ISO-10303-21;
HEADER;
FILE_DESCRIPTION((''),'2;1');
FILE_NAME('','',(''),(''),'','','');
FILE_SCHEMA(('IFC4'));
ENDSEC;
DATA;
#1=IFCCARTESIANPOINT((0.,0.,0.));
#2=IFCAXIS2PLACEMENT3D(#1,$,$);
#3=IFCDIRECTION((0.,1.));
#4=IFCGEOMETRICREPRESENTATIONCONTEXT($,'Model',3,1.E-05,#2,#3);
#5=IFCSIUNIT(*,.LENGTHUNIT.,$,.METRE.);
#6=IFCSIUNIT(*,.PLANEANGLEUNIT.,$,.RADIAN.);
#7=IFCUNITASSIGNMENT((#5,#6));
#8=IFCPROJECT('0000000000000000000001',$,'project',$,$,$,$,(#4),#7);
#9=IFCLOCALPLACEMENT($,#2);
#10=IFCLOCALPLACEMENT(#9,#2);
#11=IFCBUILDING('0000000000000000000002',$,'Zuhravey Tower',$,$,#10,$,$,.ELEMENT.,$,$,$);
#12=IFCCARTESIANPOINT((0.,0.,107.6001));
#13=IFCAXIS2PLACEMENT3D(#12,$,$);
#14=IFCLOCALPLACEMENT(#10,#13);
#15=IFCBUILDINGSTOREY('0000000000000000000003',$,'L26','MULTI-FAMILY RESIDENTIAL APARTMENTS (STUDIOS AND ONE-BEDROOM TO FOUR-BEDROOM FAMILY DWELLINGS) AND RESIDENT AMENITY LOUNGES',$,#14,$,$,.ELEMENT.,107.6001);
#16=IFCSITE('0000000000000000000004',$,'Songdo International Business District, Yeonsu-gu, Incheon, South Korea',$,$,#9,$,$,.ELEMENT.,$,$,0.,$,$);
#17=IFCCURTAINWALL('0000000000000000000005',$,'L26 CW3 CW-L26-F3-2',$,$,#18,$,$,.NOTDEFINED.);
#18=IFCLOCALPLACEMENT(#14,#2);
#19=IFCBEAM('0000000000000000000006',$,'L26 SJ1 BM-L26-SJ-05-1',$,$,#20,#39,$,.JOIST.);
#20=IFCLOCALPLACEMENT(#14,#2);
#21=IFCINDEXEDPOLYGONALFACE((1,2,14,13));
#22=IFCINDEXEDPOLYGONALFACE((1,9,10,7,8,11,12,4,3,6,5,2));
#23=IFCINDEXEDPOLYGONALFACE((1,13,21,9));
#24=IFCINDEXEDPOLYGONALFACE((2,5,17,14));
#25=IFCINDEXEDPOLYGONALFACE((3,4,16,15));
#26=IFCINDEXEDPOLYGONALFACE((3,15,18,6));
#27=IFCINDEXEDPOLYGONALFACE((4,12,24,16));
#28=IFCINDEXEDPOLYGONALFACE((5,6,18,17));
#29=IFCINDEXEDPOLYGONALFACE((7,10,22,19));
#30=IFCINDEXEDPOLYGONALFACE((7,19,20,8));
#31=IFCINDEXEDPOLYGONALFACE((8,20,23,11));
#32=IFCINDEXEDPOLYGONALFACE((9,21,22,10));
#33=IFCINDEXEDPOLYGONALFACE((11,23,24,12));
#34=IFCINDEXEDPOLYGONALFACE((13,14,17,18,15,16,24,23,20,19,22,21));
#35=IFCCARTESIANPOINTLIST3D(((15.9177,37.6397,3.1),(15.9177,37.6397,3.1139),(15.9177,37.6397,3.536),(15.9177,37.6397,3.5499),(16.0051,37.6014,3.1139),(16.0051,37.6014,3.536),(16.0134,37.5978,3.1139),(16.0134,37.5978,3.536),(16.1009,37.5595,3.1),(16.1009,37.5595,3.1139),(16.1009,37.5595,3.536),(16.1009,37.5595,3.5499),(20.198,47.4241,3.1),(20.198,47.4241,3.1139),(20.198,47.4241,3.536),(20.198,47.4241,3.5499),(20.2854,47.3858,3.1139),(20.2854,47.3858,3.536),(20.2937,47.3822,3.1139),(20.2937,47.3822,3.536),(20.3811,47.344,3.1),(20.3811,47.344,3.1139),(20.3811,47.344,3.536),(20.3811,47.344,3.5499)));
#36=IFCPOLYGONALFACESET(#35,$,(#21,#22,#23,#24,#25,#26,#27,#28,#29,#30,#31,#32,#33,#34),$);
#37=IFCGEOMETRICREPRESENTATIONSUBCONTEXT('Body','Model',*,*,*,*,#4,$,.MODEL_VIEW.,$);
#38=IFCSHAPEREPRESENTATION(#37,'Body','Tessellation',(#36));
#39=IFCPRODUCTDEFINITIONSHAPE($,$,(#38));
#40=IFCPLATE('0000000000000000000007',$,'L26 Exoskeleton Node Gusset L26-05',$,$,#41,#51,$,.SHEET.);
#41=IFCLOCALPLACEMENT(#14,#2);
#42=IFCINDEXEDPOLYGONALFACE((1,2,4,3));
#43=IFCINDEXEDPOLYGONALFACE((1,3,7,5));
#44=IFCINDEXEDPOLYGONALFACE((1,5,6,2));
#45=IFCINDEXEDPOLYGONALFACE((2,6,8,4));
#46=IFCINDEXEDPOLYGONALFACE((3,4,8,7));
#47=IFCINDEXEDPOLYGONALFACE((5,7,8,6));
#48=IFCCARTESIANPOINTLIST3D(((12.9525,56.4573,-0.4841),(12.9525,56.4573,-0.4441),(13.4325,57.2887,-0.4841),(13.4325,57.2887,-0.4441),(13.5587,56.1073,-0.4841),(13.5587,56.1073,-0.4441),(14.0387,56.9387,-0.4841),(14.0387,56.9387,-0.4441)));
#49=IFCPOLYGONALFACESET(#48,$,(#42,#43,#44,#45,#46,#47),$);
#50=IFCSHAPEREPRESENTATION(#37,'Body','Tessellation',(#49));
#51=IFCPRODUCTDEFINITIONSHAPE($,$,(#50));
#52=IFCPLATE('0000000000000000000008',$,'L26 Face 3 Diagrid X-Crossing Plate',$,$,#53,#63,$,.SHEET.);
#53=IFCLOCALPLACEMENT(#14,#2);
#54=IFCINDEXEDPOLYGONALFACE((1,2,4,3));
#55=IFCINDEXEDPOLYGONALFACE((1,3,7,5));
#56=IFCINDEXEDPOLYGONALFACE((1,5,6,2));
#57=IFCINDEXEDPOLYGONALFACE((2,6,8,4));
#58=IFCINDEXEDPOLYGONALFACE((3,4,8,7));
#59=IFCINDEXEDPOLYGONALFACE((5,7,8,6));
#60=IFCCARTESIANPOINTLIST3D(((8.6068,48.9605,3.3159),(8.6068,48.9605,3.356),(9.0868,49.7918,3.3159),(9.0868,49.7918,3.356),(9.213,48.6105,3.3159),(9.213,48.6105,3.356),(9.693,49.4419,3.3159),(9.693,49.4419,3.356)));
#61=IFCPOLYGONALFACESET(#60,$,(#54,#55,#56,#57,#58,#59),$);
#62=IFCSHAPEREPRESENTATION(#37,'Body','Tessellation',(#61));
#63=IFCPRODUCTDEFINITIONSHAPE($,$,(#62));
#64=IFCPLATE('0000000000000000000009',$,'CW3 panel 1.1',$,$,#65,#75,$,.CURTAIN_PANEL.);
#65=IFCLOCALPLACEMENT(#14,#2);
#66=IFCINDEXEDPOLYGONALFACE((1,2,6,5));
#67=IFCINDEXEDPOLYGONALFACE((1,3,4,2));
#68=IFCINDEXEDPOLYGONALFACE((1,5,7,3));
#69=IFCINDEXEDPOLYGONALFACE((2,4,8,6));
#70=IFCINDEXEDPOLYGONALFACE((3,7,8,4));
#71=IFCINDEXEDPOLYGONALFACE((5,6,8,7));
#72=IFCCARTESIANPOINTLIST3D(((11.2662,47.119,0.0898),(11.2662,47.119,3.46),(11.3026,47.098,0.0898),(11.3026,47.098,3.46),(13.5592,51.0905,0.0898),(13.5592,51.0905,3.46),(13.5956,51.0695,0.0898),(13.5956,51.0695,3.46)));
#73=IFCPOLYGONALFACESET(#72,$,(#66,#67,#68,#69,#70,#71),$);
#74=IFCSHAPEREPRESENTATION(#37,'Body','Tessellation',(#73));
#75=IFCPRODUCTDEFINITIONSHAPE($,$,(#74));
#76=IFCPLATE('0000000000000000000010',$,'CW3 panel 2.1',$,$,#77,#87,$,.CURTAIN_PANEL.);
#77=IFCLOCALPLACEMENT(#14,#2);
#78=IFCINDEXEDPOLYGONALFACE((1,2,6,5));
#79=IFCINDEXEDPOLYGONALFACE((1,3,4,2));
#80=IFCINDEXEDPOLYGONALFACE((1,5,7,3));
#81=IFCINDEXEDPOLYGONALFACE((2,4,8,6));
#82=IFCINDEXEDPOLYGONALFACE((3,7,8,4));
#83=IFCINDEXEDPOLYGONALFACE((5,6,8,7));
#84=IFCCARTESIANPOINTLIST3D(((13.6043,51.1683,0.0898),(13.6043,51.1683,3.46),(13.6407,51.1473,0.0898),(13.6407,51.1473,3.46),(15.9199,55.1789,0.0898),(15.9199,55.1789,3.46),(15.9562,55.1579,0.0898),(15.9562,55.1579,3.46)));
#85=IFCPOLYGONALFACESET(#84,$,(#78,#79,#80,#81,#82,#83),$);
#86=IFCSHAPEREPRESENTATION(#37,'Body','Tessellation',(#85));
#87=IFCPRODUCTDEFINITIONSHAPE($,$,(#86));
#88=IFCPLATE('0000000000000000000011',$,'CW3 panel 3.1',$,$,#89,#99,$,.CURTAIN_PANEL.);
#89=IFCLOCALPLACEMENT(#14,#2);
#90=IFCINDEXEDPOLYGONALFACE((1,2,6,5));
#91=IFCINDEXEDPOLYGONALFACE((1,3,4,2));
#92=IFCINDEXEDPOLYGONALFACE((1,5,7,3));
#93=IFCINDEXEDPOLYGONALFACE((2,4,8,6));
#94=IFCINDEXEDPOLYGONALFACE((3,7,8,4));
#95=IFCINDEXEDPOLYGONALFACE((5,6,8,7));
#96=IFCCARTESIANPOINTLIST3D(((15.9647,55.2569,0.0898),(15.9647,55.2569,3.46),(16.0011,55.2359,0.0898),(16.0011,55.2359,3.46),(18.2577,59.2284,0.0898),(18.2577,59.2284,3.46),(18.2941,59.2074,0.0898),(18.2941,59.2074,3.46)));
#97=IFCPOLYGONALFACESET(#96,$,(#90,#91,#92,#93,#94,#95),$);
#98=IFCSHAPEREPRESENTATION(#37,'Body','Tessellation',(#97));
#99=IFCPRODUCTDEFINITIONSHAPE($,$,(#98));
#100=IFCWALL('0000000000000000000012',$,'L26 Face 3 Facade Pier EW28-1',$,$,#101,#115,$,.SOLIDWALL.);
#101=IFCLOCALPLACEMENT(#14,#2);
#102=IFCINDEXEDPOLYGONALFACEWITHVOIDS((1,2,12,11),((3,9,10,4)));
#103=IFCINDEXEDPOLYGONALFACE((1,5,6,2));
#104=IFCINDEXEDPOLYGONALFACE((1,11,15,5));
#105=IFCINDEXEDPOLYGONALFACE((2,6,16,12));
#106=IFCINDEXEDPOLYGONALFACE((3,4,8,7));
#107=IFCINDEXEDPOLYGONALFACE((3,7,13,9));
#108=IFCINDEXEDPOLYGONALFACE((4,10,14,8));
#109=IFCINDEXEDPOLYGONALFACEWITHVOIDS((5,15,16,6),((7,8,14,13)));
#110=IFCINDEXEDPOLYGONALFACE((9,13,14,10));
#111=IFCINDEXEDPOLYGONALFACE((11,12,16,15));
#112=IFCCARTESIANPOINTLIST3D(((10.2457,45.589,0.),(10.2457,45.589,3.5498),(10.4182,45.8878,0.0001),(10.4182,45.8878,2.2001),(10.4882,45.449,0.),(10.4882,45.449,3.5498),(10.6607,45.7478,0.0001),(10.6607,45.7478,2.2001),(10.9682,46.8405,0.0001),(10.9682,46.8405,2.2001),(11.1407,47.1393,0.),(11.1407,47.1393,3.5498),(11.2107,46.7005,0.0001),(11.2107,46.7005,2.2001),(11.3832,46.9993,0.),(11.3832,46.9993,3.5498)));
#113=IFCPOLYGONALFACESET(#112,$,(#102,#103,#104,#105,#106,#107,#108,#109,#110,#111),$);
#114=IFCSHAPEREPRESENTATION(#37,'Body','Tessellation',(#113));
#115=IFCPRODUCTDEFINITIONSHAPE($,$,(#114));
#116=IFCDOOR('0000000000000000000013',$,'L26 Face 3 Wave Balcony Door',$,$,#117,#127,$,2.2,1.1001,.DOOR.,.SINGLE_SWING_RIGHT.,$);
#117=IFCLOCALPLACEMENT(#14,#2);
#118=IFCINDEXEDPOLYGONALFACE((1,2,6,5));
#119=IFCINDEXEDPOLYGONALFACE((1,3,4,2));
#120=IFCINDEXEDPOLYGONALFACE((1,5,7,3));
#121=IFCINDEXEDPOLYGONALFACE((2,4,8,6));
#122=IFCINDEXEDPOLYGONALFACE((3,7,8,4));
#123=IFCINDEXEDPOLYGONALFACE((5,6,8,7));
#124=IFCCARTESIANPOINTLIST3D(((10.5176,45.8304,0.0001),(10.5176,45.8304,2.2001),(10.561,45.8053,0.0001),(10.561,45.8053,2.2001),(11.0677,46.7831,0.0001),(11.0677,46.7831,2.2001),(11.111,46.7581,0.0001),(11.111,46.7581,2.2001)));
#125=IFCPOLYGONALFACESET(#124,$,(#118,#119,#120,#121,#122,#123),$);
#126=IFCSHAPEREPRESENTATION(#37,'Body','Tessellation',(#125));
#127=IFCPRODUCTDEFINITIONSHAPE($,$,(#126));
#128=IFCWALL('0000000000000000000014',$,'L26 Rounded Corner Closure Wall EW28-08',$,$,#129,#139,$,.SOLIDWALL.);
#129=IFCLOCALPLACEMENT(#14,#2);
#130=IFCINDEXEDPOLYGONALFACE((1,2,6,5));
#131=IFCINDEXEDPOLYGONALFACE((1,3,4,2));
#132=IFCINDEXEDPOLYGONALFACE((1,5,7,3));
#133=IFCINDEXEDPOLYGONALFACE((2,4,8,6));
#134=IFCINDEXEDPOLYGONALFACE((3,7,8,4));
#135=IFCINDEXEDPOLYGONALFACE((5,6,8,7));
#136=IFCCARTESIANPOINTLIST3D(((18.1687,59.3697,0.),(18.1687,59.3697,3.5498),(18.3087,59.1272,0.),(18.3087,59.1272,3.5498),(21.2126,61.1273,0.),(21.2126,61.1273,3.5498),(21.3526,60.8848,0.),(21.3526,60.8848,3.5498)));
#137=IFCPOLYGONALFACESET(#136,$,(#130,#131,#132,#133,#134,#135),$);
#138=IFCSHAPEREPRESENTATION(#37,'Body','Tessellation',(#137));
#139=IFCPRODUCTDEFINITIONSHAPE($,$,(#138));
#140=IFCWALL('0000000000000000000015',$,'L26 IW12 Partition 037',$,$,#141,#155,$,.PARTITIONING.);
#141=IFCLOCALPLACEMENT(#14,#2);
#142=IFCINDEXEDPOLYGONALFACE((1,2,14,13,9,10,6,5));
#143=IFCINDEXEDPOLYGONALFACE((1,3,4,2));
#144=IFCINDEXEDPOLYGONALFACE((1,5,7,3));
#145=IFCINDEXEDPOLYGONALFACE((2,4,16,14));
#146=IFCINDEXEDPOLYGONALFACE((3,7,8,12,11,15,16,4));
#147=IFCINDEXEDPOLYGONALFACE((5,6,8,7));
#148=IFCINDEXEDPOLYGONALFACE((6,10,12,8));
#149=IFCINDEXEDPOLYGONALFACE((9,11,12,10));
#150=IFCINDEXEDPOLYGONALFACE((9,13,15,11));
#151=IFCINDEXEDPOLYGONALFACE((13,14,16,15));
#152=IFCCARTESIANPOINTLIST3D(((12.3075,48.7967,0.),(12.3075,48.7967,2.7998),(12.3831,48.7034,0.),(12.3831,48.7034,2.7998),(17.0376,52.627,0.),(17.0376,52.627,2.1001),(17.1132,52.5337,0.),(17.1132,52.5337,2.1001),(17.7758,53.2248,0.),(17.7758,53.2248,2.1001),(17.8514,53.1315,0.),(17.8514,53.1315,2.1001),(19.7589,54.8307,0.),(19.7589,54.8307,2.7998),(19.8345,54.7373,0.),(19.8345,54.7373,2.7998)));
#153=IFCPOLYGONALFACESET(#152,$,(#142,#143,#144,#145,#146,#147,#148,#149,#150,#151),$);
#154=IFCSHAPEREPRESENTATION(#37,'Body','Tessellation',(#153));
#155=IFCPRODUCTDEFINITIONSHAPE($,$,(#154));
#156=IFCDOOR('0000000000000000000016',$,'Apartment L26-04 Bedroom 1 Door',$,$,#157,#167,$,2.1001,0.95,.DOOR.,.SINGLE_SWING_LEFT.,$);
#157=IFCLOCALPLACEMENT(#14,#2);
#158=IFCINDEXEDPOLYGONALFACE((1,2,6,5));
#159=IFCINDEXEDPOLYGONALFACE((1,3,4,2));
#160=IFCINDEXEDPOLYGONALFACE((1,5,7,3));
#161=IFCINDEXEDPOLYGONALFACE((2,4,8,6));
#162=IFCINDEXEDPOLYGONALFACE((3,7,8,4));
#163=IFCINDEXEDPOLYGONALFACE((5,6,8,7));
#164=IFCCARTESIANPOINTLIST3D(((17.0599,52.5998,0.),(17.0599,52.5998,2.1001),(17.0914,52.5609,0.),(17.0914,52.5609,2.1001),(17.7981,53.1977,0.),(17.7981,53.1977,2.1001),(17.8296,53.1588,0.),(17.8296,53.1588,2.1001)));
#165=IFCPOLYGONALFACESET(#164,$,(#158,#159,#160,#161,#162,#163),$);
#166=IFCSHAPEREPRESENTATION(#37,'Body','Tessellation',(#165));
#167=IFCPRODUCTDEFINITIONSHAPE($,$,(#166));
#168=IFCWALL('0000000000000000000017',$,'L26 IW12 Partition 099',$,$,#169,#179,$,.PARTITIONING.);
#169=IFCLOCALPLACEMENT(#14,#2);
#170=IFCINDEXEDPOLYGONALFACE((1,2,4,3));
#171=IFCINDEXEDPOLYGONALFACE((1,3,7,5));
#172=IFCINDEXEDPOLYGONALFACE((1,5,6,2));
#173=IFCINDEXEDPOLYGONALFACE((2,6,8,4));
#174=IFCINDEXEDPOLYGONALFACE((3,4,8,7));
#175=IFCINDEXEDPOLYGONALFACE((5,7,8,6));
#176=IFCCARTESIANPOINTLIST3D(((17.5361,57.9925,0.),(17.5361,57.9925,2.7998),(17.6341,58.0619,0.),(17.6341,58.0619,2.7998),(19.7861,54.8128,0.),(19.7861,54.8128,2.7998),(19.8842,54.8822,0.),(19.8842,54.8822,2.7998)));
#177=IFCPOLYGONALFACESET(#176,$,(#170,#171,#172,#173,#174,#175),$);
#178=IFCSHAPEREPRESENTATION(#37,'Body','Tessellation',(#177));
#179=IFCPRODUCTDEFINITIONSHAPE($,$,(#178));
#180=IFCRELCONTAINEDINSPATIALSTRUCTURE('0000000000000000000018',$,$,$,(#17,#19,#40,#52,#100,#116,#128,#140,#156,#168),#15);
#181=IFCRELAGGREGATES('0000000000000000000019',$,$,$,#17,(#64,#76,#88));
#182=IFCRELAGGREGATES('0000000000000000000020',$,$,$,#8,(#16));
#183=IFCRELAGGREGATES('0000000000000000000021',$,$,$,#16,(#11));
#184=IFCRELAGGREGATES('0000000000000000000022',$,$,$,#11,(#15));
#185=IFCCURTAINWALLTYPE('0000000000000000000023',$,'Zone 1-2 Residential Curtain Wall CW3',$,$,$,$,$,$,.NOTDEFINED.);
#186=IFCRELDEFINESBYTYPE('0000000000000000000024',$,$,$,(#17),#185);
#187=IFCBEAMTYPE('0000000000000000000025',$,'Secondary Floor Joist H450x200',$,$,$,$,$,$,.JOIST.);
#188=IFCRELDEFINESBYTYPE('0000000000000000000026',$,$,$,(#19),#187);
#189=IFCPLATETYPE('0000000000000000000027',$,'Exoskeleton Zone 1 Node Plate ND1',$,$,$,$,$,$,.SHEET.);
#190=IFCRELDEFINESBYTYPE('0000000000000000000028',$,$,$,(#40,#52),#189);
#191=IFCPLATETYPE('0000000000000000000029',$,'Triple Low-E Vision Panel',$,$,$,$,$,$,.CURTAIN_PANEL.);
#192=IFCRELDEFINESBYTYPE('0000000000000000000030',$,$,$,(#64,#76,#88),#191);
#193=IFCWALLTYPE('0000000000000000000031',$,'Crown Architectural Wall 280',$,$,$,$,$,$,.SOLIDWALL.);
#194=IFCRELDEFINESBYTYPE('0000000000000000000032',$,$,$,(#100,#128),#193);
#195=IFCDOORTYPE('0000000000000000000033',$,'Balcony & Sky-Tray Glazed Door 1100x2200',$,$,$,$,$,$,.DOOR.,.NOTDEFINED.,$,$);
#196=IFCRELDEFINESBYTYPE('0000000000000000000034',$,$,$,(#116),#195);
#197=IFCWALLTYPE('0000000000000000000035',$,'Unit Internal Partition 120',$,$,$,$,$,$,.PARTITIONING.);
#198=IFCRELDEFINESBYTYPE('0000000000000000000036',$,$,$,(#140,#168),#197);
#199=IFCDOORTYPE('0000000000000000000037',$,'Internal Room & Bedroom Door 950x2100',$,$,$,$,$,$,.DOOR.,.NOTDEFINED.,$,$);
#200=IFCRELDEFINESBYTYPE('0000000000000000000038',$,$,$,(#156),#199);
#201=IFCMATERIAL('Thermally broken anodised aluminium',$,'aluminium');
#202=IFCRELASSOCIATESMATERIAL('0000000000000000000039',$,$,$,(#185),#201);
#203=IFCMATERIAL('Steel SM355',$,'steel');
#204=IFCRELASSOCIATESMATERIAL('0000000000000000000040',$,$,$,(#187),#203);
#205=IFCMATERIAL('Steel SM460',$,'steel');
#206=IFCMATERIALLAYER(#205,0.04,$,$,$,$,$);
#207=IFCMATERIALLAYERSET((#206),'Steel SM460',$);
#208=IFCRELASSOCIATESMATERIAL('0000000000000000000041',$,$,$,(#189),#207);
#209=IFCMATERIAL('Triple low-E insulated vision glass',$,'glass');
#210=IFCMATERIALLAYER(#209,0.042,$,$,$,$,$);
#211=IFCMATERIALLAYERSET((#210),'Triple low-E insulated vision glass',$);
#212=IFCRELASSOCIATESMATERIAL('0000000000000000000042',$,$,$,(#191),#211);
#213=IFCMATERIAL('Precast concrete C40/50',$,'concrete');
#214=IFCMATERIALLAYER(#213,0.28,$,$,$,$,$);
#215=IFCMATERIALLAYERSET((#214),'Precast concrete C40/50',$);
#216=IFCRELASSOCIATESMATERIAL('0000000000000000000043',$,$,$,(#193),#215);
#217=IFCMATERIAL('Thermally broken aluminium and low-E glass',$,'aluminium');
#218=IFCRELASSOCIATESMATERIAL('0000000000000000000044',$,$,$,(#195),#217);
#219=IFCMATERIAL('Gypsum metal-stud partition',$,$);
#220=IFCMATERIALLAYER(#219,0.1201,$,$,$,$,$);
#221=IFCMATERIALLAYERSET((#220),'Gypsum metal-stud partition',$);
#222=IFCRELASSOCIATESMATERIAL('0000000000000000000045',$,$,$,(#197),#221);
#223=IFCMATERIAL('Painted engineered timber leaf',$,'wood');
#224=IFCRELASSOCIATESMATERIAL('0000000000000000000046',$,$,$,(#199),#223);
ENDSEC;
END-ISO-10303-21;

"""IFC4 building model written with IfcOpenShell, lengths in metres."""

from ifc_helpers import new_model, si_unit, direction, frame, frame_2d, origin, origin_2d, place, context, subcontext, project, spatial, rectangle, i_section, extrude, material, layer, layer_set, material_profile, profile_set, type_object, element, fill, aggregate, save


model = new_model("IFC4")

# Units and contexts
model_context = context("Model", 3, precision=1e-05, world=origin(), true_north=direction((0.0, 1.0)))
body_context = subcontext(model_context, "Body", "Model", "MODEL_VIEW")
ifc_project = project(units=[si_unit("LENGTHUNIT", "METRE"), si_unit("PLANEANGLEUNIT", "RADIAN")], contexts=[model_context])

# Site, building, storey
site_placement = place(None, origin())
site = spatial("IfcSite", under=ifc_project, at=site_placement, Name="Songdo International Business District, Yeonsu-gu, Incheon, South Korea", CompositionType="ELEMENT", RefElevation=0.0)
building_placement = place(site_placement, origin())
building = spatial("IfcBuilding", under=site, at=building_placement, Name="Zuhravey Tower", CompositionType="ELEMENT")
storey_placement = place(building_placement, frame((0.0, 0.0, 107.6001)))
storey = spatial("IfcBuildingStorey", under=building, at=storey_placement, Name="L26", Description="MULTI-FAMILY RESIDENTIAL APARTMENTS (STUDIOS AND ONE-BEDROOM TO FOUR-BEDROOM FAMILY DWELLINGS) AND RESIDENT AMENITY LOUNGES", CompositionType="ELEMENT", Elevation=107.6001)

# Shared definitions
ifc_material_1 = material(Name="Thermally broken anodised aluminium", Category="aluminium")
curtain_wall_type = type_object("IfcCurtainWallType", Name="Zone 1-2 Residential Curtain Wall CW3", PredefinedType="NOTDEFINED", material=ifc_material_1)

# Curtain wall
curtain_wall_1_placement = place(storey_placement, origin())
curtain_wall_1 = element("IfcCurtainWall", 1, at=curtain_wall_1_placement, inside=storey, type_object=curtain_wall_type, Name="L26 CW3 CW-L26-F3-2", PredefinedType="NOTDEFINED")

# Shared definitions
ifc_material_2 = material(Name="Steel SM355", Category="steel")
ifc_material_3 = material(Name="Steel SM460", Category="steel")

# Beam
ifc_material_profile_1 = material_profile(ifc_material_2, i_section(OverallWidth=0.2, OverallDepth=0.45, WebThickness=0.009, FlangeThickness=0.0139, at=origin_2d()), Name="H-450x200x9x14")
ifc_profile_set_1 = profile_set([ifc_material_profile_1], Name="Steel SM355")
beam_type_1 = type_object("IfcBeamType", Name="Secondary Floor Joist H450x200", PredefinedType="JOIST", material=ifc_profile_set_1)
beam_1_placement = place(storey_placement, frame((20.2896, 47.384, 3.325), z_axis=(-0.400786, -0.916172, 0.0), x_axis=(0.916172, -0.400786, 0.0)))
element("IfcBeam", 2, at=beam_1_placement, inside=storey, type_object=beam_type_1, Name="L26 SJ1 BM-L26-SJ-05-1", PredefinedType="JOIST", context=body_context, shape_type="SweptSolid", body=[
    extrude(i_section(OverallWidth=0.2, OverallDepth=0.45, WebThickness=0.009, FlangeThickness=0.0139, at=origin_2d()), origin(), (0.0, 0.0, 1.0), 10.6797),
])

# Plates
ifc_layer_1 = layer(ifc_material_3, 0.04)
ifc_layer_set_1 = layer_set([ifc_layer_1], Name="Steel SM460")
plate_type_1 = type_object("IfcPlateType", Name="Exoskeleton Zone 1 Node Plate ND1", PredefinedType="SHEET", material=ifc_layer_set_1)
for number, where, z_axis, x_axis, name in (
    (3, (13.4956, 56.698, -0.4841), (0.0, 0.0, 1.0), (-0.5, -0.866025, 0.0), "L26 Exoskeleton Node Gusset L26-05"),
    (4, (9.1499, 49.2012, 3.3159), (0.0, 0.0, 1.0), (-0.5, -0.866025, 0.0), "L26 Face 3 Diagrid X-Crossing Plate"),
):
    element("IfcPlate", number, at=place(storey_placement, frame(where, z_axis=z_axis, x_axis=x_axis)), inside=storey, type_object=plate_type_1, Name=name, PredefinedType="SHEET", context=body_context, shape_type="SweptSolid", body=[
        extrude(rectangle(XDim=0.96, YDim=0.7, at=origin_2d()), origin(), (0.0, 0.0, 1.0), 0.04),
    ])

# Plates
ifc_material_4 = material(Name="Triple low-E insulated vision glass", Category="glass")
ifc_layer_2 = layer(ifc_material_4, 0.042)
ifc_layer_set_2 = layer_set([ifc_layer_2], Name="Triple low-E insulated vision glass")
plate_type_2 = type_object("IfcPlateType", Name="Triple Low-E Vision Panel", PredefinedType="CURTAIN_PANEL", material=ifc_layer_set_2)
plate_1_placement = place(storey_placement, frame((12.4309, 49.0942, 0.0898), z_axis=(0.0, 0.0, 1.0), x_axis=(0.500003, 0.866024, 0.0)))
plate_1 = element("IfcPlate", 5, at=plate_1_placement, type_object=plate_type_2, Name="CW3 panel 1.1", PredefinedType="CURTAIN_PANEL", context=body_context, shape_type="SweptSolid", body=[
    extrude(rectangle(XDim=4.5859, YDim=0.042, at=origin_2d()), origin(), (0.0, 0.0, 1.0), 3.3701),
])
plate_2_placement = place(storey_placement, frame((14.7803, 53.1631, 0.0898), z_axis=(0.0, 0.0, 1.0), x_axis=(0.500003, 0.866024, 0.0)))
plate_2 = element("IfcPlate", 6, at=plate_2_placement, type_object=plate_type_2, Name="CW3 panel 2.1", PredefinedType="CURTAIN_PANEL", context=body_context, shape_type="SweptSolid", body=[
    extrude(rectangle(XDim=4.6311, YDim=0.042, at=origin_2d()), origin(), (0.0, 0.0, 1.0), 3.3701),
])
plate_3_placement = place(storey_placement, frame((17.1294, 57.2322, 0.0898), z_axis=(0.0, 0.0, 1.0), x_axis=(0.500003, 0.866024, 0.0)))
plate_3 = element("IfcPlate", 7, at=plate_3_placement, type_object=plate_type_2, Name="CW3 panel 3.1", PredefinedType="CURTAIN_PANEL", context=body_context, shape_type="SweptSolid", body=[
    extrude(rectangle(XDim=4.5859, YDim=0.042, at=origin_2d()), origin(), (0.0, 0.0, 1.0), 3.3701),
])
aggregate(curtain_wall_1, [plate_1, plate_2, plate_3])

# Wall, opening, door
ifc_material_5 = material(Name="Precast concrete C40/50", Category="concrete")
ifc_layer_3 = layer(ifc_material_5, 0.28)
ifc_layer_set_3 = layer_set([ifc_layer_3], Name="Precast concrete C40/50")
wall_type_1 = type_object("IfcWallType", Name="Crown Architectural Wall 280", PredefinedType="SOLIDWALL", material=ifc_layer_set_3)
wall_1_placement = place(storey_placement, frame((10.3669, 45.519, 0.0), z_axis=(0.0, 0.0, 1.0), x_axis=(0.499982, 0.866036, 0.0)))
wall_1 = element("IfcWall", 8, at=wall_1_placement, inside=storey, type_object=wall_type_1, Name="L26 Face 3 Facade Pier EW28-1", PredefinedType="SOLIDWALL", context=body_context, shape_type="SweptSolid", body=[
    extrude(rectangle(XDim=1.79, YDim=0.28, at=frame_2d((0.895, 0.0))), origin(), (0.0, 0.0, 1.0), 3.5498),
])
opening_1_placement = place(wall_1_placement, frame((0.345, 0.0, 0.0)))
opening_1 = element("IfcOpeningElement", 9, at=opening_1_placement, cuts=wall_1, PredefinedType="OPENING", context=body_context, shape_type="SweptSolid", body=[
    extrude(rectangle(XDim=1.1001, YDim=2.2, at=frame_2d((0.55, 1.1001))), frame((0.0, 0.1521, 0.0), z_axis=(0.0, -1.0, 0.0), x_axis=(1.0, 0.0, 0.0)), (0.0, 0.0, 1.0), 0.304),
])
ifc_material_6 = material(Name="Thermally broken aluminium and low-E glass", Category="aluminium")
door_type_1 = type_object("IfcDoorType", Name="Balcony & Sky-Tray Glazed Door 1100x2200", OperationType="NOTDEFINED", PredefinedType="DOOR", material=ifc_material_6)
door_1_placement = place(opening_1_placement, frame((1.1001, 0.0, 0.0), z_axis=(0.0, 0.0, 1.0), x_axis=(-1.0, 0.0, 0.0)))
door_1 = element("IfcDoor", 10, at=door_1_placement, inside=storey, type_object=door_type_1, Name="L26 Face 3 Wave Balcony Door", OperationType="SINGLE_SWING_RIGHT", OverallHeight=2.2, OverallWidth=1.1001, PredefinedType="DOOR", context=body_context, shape_type="SweptSolid", body=[
    extrude(rectangle(XDim=1.1001, YDim=2.2, at=frame_2d((0.55, 1.1001))), frame((0.0, 0.0249, 0.0), z_axis=(0.0, -1.0, 0.0), x_axis=(1.0, 0.0, 0.0)), (0.0, 0.0, 1.0), 0.05),
])
fill(opening_1, door_1)

# Wall
wall_2_placement = place(storey_placement, frame((18.2388, 59.2485, 0.0), z_axis=(0.0, 0.0, 1.0), x_axis=(0.866007, 0.500031, 0.0)))
element("IfcWall", 11, at=wall_2_placement, inside=storey, type_object=wall_type_1, Name="L26 Rounded Corner Closure Wall EW28-08", PredefinedType="SOLIDWALL", context=body_context, shape_type="SweptSolid", body=[
    extrude(rectangle(XDim=3.5149, YDim=0.28, at=frame_2d((1.7573, 0.0))), origin(), (0.0, 0.0, 1.0), 3.5498),
])

# Wall, opening, door
ifc_material_7 = material(Name="Gypsum metal-stud partition")
ifc_layer_4 = layer(ifc_material_7, 0.1201)
ifc_layer_set_4 = layer_set([ifc_layer_4], Name="Gypsum metal-stud partition")
wall_type_2 = type_object("IfcWallType", Name="Unit Internal Partition 120", PredefinedType="PARTITIONING", material=ifc_layer_set_4)
wall_3_placement = place(storey_placement, frame((19.7966, 54.7839, 0.0), z_axis=(0.0, 0.0, 1.0), x_axis=(-0.777151, -0.629314, 0.0)))
wall_3 = element("IfcWall", 12, at=wall_3_placement, inside=storey, type_object=wall_type_2, Name="L26 IW12 Partition 037", PredefinedType="PARTITIONING", context=body_context, shape_type="SweptSolid", body=[
    extrude(rectangle(XDim=9.5881, YDim=0.1201, at=frame_2d((4.7939, 0.0))), origin(), (0.0, 0.0, 1.0), 2.7998),
])
opening_2_placement = place(wall_3_placement, frame((2.5515, 0.0, 0.0)))
opening_2 = element("IfcOpeningElement", 13, at=opening_2_placement, cuts=wall_3, PredefinedType="OPENING", context=body_context, shape_type="SweptSolid", body=[
    extrude(rectangle(XDim=0.95, YDim=2.1001, at=frame_2d((0.4751, 1.05))), frame((0.0, 0.072, 0.0), z_axis=(0.0, -1.0, 0.0), x_axis=(1.0, 0.0, 0.0)), (0.0, 0.0, 1.0), 0.144),
])
ifc_material_8 = material(Name="Painted engineered timber leaf", Category="wood")
door_type_2 = type_object("IfcDoorType", Name="Internal Room & Bedroom Door 950x2100", OperationType="NOTDEFINED", PredefinedType="DOOR", material=ifc_material_8)
door_2_placement = place(opening_2_placement, frame((0.95, 0.0, 0.0), z_axis=(0.0, 0.0, 1.0), x_axis=(-1.0, 0.0, 0.0)))
door_2 = element("IfcDoor", 14, at=door_2_placement, inside=storey, type_object=door_type_2, Name="Apartment L26-04 Bedroom 1 Door", OperationType="SINGLE_SWING_LEFT", OverallHeight=2.1001, OverallWidth=0.95, PredefinedType="DOOR", context=body_context, shape_type="SweptSolid", body=[
    extrude(rectangle(XDim=0.95, YDim=2.1001, at=frame_2d((0.4751, 1.05))), frame((0.0, 0.0249, 0.0), z_axis=(0.0, -1.0, 0.0), x_axis=(1.0, 0.0, 0.0)), (0.0, 0.0, 1.0), 0.05),
])
fill(opening_2, door_2)

# Wall
wall_4_placement = place(storey_placement, frame((19.8352, 54.8474, 0.0), z_axis=(0.0, 0.0, 1.0), x_axis=(-0.577628, 0.8163, 0.0)))
element("IfcWall", 15, at=wall_4_placement, inside=storey, type_object=wall_type_2, Name="L26 IW12 Partition 099", PredefinedType="PARTITIONING", context=body_context, shape_type="SweptSolid", body=[
    extrude(rectangle(XDim=3.8953, YDim=0.1201, at=frame_2d((1.9478, 0.0))), origin(), (0.0, 0.0, 1.0), 2.7998),
])

save(model, "model.ifc")
